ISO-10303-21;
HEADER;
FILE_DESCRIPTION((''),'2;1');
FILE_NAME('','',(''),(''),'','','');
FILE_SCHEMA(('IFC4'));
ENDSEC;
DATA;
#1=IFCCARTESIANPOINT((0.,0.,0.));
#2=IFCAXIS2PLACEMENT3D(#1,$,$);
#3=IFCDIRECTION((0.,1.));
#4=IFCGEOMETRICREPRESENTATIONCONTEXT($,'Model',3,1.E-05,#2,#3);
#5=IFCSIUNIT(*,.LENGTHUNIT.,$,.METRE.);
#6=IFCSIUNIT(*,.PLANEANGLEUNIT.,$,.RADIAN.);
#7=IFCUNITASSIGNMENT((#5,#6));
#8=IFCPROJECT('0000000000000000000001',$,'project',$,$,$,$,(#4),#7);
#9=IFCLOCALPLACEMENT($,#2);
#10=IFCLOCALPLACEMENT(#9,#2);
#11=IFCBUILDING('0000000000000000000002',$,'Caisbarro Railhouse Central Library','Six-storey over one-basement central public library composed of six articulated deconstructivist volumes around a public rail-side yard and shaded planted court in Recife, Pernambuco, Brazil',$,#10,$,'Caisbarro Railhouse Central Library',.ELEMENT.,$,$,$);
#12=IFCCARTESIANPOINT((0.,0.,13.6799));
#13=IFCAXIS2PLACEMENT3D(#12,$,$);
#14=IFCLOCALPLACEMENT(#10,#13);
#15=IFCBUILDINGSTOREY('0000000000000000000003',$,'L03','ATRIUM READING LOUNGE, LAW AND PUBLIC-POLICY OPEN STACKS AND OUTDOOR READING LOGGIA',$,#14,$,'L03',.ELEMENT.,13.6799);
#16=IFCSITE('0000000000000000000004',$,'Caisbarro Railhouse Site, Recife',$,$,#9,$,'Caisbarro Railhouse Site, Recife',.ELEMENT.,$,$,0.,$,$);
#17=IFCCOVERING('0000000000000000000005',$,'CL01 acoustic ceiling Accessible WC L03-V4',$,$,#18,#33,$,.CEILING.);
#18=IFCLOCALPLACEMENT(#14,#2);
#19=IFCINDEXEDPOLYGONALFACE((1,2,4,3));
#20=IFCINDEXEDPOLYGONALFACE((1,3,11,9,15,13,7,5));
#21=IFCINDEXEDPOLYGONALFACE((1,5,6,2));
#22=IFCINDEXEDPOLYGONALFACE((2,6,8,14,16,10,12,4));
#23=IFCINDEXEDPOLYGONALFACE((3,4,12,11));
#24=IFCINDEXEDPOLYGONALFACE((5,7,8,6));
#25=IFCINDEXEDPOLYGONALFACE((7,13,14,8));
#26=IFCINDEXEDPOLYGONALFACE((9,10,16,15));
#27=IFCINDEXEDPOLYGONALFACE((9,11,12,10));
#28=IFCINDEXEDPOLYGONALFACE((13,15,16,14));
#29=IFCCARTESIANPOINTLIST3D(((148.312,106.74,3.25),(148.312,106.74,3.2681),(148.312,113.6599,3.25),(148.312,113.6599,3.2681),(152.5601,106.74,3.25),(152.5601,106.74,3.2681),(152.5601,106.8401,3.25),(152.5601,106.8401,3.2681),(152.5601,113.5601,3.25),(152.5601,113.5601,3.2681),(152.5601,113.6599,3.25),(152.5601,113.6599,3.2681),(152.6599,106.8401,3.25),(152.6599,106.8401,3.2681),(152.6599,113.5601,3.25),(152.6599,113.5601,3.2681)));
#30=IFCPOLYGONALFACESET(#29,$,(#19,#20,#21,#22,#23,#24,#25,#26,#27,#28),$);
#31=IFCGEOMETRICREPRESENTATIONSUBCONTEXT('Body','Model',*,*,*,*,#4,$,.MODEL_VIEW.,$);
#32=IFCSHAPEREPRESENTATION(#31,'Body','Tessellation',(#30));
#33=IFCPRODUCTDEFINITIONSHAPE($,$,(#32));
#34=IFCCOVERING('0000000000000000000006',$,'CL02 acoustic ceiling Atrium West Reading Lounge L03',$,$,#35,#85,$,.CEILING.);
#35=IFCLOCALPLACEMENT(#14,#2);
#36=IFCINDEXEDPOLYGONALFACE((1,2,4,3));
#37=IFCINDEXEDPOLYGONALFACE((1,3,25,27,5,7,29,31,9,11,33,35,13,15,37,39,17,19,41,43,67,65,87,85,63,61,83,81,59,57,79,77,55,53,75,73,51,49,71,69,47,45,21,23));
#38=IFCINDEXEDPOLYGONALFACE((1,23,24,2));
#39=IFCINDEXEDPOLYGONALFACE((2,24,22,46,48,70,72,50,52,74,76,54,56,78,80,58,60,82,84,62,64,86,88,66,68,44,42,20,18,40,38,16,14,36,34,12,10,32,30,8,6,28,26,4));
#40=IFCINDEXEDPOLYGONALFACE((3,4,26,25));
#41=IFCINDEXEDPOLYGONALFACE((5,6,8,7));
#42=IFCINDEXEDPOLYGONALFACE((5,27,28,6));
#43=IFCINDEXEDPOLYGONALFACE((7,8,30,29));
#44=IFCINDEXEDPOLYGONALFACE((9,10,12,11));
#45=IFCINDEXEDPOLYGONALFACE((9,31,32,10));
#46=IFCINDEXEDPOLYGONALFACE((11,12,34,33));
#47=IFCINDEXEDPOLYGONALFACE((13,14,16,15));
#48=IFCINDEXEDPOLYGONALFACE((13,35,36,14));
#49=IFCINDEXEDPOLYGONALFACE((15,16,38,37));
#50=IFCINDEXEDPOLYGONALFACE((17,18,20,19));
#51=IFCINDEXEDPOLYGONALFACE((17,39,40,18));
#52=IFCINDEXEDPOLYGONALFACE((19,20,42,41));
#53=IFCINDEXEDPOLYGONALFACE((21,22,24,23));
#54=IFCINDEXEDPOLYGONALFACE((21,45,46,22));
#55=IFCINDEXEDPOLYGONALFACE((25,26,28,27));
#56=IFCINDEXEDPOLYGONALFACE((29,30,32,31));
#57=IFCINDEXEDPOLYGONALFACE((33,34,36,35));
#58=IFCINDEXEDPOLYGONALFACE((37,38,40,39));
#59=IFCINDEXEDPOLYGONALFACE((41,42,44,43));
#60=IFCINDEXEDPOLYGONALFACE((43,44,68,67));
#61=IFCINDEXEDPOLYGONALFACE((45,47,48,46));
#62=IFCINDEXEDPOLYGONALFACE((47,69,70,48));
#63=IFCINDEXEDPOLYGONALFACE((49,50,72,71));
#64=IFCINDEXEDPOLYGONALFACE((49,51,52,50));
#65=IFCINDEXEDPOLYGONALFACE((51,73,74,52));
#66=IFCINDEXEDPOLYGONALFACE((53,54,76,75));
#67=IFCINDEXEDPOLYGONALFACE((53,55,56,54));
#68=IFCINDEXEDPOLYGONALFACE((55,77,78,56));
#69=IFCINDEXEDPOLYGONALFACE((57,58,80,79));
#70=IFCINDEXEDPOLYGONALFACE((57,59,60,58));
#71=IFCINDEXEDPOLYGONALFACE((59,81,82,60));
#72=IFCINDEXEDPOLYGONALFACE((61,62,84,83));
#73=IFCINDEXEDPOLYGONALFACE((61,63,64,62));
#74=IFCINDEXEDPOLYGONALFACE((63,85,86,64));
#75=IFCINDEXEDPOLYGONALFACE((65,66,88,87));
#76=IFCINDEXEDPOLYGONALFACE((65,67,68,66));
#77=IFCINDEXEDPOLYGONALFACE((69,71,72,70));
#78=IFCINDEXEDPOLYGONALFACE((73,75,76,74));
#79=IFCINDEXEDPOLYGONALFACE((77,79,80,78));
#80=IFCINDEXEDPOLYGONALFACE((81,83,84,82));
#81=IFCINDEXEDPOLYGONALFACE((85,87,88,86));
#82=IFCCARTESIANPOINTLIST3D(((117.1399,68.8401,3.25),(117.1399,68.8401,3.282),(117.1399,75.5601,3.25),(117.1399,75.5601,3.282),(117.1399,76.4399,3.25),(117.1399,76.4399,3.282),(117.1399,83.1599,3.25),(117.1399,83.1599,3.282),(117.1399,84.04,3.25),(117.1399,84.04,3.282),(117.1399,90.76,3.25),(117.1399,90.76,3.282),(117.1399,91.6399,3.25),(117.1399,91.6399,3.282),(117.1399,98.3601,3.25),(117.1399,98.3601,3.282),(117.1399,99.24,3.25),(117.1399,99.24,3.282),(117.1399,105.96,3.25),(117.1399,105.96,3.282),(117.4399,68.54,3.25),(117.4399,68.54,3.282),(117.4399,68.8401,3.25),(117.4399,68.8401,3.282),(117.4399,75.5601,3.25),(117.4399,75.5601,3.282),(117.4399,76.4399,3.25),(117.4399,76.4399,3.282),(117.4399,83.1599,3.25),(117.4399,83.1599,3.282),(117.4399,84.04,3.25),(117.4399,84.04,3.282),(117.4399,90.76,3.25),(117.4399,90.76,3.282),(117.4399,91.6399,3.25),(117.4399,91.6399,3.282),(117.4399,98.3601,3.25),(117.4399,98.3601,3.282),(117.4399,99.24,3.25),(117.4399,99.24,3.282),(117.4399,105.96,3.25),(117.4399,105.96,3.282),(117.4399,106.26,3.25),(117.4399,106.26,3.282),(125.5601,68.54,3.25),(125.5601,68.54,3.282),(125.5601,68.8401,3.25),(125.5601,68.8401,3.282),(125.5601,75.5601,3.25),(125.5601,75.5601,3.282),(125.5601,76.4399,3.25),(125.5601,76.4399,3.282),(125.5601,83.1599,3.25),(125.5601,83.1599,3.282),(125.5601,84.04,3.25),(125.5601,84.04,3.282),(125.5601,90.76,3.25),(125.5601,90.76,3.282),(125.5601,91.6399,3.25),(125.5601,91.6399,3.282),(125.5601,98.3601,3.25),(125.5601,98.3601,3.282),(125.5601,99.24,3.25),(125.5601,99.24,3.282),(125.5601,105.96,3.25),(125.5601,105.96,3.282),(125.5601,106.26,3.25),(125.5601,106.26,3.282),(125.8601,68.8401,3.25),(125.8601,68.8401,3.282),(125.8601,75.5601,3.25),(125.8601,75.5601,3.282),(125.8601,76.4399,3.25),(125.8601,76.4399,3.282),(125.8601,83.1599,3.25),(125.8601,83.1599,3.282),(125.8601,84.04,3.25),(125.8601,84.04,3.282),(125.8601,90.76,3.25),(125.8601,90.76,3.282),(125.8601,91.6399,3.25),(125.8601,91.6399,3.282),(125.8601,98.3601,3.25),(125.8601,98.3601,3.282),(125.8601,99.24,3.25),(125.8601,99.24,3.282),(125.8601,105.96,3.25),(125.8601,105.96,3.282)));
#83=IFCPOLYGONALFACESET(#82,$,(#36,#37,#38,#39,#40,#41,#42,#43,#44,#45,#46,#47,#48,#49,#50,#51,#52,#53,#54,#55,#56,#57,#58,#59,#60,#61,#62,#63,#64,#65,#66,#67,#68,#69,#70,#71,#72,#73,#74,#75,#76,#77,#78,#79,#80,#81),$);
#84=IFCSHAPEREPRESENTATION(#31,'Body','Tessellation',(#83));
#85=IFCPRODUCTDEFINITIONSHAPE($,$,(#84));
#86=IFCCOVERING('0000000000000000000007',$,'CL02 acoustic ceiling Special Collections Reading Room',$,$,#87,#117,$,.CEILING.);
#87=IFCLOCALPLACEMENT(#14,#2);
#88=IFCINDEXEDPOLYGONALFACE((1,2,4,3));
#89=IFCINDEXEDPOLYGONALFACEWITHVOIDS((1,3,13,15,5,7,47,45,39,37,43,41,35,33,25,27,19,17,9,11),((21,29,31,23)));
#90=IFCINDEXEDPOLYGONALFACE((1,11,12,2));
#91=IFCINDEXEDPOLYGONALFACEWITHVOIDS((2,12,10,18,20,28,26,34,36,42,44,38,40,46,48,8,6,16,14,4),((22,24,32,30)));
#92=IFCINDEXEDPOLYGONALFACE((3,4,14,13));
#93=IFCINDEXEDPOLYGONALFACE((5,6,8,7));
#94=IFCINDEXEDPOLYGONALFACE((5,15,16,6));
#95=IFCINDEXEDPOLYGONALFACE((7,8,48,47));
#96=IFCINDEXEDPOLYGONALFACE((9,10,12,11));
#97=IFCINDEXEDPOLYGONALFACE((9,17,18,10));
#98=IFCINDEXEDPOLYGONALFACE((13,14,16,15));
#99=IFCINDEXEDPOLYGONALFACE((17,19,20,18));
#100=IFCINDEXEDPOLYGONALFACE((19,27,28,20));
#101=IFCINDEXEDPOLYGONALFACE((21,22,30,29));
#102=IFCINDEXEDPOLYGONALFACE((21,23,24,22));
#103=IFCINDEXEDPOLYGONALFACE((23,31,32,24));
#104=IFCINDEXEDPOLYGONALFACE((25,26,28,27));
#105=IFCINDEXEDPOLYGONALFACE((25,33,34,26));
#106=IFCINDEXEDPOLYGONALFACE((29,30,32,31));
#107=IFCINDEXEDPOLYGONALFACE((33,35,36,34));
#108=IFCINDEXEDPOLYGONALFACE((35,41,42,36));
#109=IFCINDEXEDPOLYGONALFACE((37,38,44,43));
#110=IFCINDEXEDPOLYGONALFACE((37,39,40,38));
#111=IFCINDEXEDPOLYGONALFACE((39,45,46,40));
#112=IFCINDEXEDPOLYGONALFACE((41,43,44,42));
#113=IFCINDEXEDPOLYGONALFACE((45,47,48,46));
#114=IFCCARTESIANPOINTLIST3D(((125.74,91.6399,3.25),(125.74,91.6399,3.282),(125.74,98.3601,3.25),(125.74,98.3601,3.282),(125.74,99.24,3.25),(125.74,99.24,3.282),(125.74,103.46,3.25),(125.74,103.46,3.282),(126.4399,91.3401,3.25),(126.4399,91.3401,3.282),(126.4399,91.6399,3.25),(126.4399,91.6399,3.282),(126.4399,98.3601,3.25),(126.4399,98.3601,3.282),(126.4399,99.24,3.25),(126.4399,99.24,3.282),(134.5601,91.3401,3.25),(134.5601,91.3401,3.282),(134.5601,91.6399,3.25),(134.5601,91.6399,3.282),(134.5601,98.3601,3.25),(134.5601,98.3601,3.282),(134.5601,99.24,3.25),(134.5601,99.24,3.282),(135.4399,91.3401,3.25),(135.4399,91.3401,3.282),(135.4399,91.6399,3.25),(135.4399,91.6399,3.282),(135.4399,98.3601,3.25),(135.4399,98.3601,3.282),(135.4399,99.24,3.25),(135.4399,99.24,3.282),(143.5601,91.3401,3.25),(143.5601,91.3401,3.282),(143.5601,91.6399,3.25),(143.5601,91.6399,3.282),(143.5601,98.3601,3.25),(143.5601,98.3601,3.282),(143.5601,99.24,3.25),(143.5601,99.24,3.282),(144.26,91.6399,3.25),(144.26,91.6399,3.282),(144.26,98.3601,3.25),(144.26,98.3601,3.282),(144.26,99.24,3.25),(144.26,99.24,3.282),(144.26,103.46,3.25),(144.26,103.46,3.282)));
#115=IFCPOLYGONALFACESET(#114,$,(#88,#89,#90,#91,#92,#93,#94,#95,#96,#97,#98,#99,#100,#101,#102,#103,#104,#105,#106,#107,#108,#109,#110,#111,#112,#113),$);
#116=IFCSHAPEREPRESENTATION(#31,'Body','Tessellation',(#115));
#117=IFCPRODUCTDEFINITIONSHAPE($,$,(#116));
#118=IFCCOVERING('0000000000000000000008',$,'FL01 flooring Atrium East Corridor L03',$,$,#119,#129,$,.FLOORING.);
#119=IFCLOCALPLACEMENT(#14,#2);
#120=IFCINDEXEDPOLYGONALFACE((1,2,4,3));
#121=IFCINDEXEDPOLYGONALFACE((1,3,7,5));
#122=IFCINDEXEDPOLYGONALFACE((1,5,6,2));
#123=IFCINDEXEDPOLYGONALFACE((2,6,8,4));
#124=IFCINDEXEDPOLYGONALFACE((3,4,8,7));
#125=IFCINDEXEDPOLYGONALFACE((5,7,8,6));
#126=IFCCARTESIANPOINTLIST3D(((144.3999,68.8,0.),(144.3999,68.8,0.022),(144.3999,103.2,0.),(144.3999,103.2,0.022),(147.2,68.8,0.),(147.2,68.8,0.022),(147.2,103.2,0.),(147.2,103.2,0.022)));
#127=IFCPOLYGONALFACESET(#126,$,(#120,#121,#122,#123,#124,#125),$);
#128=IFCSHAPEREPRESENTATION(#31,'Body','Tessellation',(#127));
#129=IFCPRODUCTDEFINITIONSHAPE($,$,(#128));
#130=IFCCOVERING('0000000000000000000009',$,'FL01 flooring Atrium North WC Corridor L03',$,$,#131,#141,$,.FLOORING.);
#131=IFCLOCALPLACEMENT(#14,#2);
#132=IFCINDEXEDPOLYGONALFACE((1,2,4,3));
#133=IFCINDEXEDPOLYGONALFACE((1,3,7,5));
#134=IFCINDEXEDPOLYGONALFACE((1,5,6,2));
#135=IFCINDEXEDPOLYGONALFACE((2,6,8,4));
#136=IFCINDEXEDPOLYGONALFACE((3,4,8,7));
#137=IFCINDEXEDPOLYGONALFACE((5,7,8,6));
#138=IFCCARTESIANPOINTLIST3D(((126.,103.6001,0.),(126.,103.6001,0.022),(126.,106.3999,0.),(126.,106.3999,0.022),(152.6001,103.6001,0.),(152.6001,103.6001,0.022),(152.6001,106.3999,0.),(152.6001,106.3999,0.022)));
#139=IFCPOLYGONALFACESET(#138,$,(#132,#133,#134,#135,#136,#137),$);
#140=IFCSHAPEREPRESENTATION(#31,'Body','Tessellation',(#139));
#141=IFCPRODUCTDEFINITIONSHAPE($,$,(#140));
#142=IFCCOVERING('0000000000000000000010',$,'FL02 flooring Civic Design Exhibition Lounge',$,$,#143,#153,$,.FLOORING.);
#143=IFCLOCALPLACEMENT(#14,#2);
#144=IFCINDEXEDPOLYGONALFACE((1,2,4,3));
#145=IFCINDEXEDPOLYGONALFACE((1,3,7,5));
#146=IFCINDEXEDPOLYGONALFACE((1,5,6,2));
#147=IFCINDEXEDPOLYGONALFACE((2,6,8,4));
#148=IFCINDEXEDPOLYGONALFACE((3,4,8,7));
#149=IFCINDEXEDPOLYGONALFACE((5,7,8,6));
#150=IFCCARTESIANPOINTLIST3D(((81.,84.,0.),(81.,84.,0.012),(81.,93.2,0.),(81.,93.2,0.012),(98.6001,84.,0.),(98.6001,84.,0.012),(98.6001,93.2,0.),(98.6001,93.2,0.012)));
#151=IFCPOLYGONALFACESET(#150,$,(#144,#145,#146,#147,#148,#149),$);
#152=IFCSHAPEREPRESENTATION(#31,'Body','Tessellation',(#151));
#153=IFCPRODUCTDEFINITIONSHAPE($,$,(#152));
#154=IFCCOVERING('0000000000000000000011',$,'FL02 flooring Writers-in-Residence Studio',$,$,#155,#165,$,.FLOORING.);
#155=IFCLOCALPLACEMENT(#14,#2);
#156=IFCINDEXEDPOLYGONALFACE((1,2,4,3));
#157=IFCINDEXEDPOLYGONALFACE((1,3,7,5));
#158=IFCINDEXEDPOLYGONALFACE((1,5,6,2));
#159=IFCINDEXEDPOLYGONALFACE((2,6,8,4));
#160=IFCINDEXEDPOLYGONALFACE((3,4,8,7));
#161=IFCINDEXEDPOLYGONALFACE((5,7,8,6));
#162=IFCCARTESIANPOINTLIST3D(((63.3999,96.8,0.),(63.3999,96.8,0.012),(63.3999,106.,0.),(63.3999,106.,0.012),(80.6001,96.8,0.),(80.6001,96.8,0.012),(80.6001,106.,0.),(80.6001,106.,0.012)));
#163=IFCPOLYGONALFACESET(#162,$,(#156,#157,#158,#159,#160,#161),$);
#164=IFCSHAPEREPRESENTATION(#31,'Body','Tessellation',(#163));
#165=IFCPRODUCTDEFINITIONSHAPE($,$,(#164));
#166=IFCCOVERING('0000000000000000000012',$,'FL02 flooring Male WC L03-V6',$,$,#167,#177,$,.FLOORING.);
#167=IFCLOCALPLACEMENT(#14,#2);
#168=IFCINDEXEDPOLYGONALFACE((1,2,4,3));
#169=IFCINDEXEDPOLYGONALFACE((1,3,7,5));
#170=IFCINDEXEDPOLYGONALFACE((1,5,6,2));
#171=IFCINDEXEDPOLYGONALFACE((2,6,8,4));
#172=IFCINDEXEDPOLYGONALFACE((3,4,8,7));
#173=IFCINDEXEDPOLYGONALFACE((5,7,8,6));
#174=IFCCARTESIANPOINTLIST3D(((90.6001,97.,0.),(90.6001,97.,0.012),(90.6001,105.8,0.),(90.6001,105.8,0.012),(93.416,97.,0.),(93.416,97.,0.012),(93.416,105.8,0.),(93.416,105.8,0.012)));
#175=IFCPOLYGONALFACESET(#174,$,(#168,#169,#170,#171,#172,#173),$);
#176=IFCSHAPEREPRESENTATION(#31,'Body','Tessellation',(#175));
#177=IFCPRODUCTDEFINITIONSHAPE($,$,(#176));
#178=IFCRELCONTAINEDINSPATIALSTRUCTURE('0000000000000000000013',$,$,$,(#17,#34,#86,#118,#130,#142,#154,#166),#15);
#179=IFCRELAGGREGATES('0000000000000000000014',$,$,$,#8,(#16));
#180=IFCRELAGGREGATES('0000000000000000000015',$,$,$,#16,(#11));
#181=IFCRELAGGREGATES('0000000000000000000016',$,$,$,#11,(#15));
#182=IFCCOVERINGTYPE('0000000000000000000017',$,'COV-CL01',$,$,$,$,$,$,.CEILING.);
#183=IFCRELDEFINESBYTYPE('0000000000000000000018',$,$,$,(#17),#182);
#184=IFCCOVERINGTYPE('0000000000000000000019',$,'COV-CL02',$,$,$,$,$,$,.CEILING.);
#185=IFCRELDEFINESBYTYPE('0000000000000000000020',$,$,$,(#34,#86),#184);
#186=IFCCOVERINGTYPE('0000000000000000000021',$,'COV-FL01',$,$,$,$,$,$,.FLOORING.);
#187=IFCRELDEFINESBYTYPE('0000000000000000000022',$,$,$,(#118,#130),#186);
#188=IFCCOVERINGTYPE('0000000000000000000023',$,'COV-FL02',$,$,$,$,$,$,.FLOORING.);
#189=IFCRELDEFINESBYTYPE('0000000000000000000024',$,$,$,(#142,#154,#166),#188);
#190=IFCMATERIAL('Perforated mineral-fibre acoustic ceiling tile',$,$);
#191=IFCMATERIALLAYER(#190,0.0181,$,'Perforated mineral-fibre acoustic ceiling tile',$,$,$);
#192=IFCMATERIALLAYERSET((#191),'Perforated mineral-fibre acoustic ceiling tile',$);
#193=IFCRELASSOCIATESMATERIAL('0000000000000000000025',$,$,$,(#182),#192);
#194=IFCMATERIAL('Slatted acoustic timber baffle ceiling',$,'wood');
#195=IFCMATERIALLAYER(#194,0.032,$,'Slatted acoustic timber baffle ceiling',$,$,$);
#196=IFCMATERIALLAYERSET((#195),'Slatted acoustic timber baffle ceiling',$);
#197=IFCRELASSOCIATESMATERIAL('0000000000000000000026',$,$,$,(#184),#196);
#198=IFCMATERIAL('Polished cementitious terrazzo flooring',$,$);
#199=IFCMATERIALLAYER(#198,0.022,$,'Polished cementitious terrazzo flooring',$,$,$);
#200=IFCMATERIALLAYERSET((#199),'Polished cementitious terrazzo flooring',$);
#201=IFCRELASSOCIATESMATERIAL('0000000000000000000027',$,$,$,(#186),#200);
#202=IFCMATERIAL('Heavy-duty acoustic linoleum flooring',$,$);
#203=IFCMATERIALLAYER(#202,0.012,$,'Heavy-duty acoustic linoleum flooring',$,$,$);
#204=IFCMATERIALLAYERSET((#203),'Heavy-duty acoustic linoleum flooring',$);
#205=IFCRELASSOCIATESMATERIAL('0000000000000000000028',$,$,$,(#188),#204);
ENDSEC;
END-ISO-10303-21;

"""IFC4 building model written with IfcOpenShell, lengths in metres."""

from ifc_helpers import new_model, si_unit, direction, frame, origin, place, context, subcontext, project, spatial, polyline, outline, extrude, material, layer, layer_set, type_object, element, save


model = new_model("IFC4")

# Units and contexts
model_context = context("Model", 3, precision=1e-05, world=origin(), true_north=direction((0.0, 1.0)))
body_context = subcontext(model_context, "Body", "Model", "MODEL_VIEW")
ifc_project = project(units=[si_unit("LENGTHUNIT", "METRE"), si_unit("PLANEANGLEUNIT", "RADIAN")], contexts=[model_context])

# Site, building, storey
site_placement = place(None, origin())
site = spatial("IfcSite", under=ifc_project, at=site_placement, Name="Caisbarro Railhouse Site, Recife", LongName="Caisbarro Railhouse Site, Recife", CompositionType="ELEMENT", RefElevation=0.0)
building_placement = place(site_placement, origin())
building = spatial("IfcBuilding", under=site, at=building_placement, Name="Caisbarro Railhouse Central Library", Description="Six-storey over one-basement central public library composed of six articulated deconstructivist volumes around a public rail-side yard and shaded planted court in Recife, Pernambuco, Brazil", LongName="Caisbarro Railhouse Central Library", CompositionType="ELEMENT")
storey_placement = place(building_placement, frame((0.0, 0.0, 13.6799)))
storey = spatial("IfcBuildingStorey", under=building, at=storey_placement, Name="L03", Description="ATRIUM READING LOUNGE, LAW AND PUBLIC-POLICY OPEN STACKS AND OUTDOOR READING LOGGIA", LongName="L03", CompositionType="ELEMENT", Elevation=13.6799)

# Coverings
ifc_material_1 = material(Name="Perforated mineral-fibre acoustic ceiling tile")
ifc_layer_1 = layer(ifc_material_1, 0.0181, Name="Perforated mineral-fibre acoustic ceiling tile")
ifc_layer_set_1 = layer_set([ifc_layer_1], Name="Perforated mineral-fibre acoustic ceiling tile")
covering_type_1 = type_object("IfcCoveringType", Name="COV-CL01", PredefinedType="CEILING", material=ifc_layer_set_1)
covering_1_placement = place(storey_placement, frame((0.0, 0.0, 3.25)))
element("IfcCovering", 1, at=covering_1_placement, inside=storey, type_object=covering_type_1, Name="CL01 acoustic ceiling Accessible WC L03-V4", PredefinedType="CEILING", context=body_context, shape_type="SweptSolid", body=[
    extrude(outline(polyline([(152.5601, 113.6599), (152.5601, 113.5601), (152.6599, 113.5601), (152.6599, 106.8401), (152.5601, 106.8401), (152.5601, 106.74), (148.312, 106.74), (148.312, 113.6599), (152.5601, 113.6599)])), origin(), (0.0, 0.0, 1.0), 0.0181),
])
ifc_material_2 = material(Name="Slatted acoustic timber baffle ceiling", Category="wood")
ifc_layer_2 = layer(ifc_material_2, 0.032, Name="Slatted acoustic timber baffle ceiling")
ifc_layer_set_2 = layer_set([ifc_layer_2], Name="Slatted acoustic timber baffle ceiling")
covering_type_2 = type_object("IfcCoveringType", Name="COV-CL02", PredefinedType="CEILING", material=ifc_layer_set_2)
covering_2_placement = place(storey_placement, frame((0.0, 0.0, 3.25)))
element("IfcCovering", 2, at=covering_2_placement, inside=storey, type_object=covering_type_2, Name="CL02 acoustic ceiling Atrium West Reading Lounge L03", PredefinedType="CEILING", context=body_context, shape_type="SweptSolid", body=[
    extrude(outline(polyline([(117.4399, 83.1599), (117.4399, 84.04), (117.1399, 84.04), (117.1399, 90.76), (117.4399, 90.76), (117.4399, 91.6399), (117.1399, 91.6399), (117.1399, 98.3601), (117.4399, 98.3601), (117.4399, 99.24), (117.1399, 99.24), (117.1399, 105.96), (117.4399, 105.96), (117.4399, 106.26), (125.5601, 106.26), (125.5601, 105.96), (125.8601, 105.96), (125.8601, 99.24), (125.5601, 99.24), (125.5601, 98.3601), (125.8601, 98.3601), (125.8601, 91.6399), (125.5601, 91.6399), (125.5601, 90.76), (125.8601, 90.76), (125.8601, 84.04), (125.5601, 84.04), (125.5601, 83.1599), (125.8601, 83.1599), (125.8601, 76.4399), (125.5601, 76.4399), (125.5601, 75.5601), (125.8601, 75.5601), (125.8601, 68.8401), (125.5601, 68.8401), (125.5601, 68.54), (117.4399, 68.54), (117.4399, 68.8401), (117.1399, 68.8401), (117.1399, 75.5601), (117.4399, 75.5601), (117.4399, 76.4399), (117.1399, 76.4399), (117.1399, 83.1599), (117.4399, 83.1599)])), origin(), (0.0, 0.0, 1.0), 0.032),
])
covering_3_placement = place(storey_placement, frame((0.0, 0.0, 3.25)))
element("IfcCovering", 3, at=covering_3_placement, inside=storey, type_object=covering_type_2, Name="CL02 acoustic ceiling Special Collections Reading Room", PredefinedType="CEILING", context=body_context, shape_type="SweptSolid", body=[
    extrude(outline(polyline([(134.5601, 91.6399), (134.5601, 91.3401), (126.4399, 91.3401), (126.4399, 91.6399), (125.74, 91.6399), (125.74, 98.3601), (126.4399, 98.3601), (126.4399, 99.24), (125.74, 99.24), (125.74, 103.46), (144.26, 103.46), (144.26, 99.24), (143.5601, 99.24), (143.5601, 98.3601), (144.26, 98.3601), (144.26, 91.6399), (143.5601, 91.6399), (143.5601, 91.3401), (135.4399, 91.3401), (135.4399, 91.6399), (134.5601, 91.6399)]), holes=[polyline([(134.5601, 98.3601), (135.4399, 98.3601), (135.4399, 99.24), (134.5601, 99.24), (134.5601, 98.3601)])]), origin(), (0.0, 0.0, 1.0), 0.032),
])
ifc_material_3 = material(Name="Polished cementitious terrazzo flooring")
ifc_layer_3 = layer(ifc_material_3, 0.022, Name="Polished cementitious terrazzo flooring")
ifc_layer_set_3 = layer_set([ifc_layer_3], Name="Polished cementitious terrazzo flooring")
covering_type_3 = type_object("IfcCoveringType", Name="COV-FL01", PredefinedType="FLOORING", material=ifc_layer_set_3)
covering_4_placement = place(storey_placement, origin())
element("IfcCovering", 4, at=covering_4_placement, inside=storey, type_object=covering_type_3, Name="FL01 flooring Atrium East Corridor L03", PredefinedType="FLOORING", context=body_context, shape_type="SweptSolid", body=[
    extrude(outline(polyline([(144.3999, 68.8), (147.2, 68.8), (147.2, 103.2), (144.3999, 103.2), (144.3999, 68.8)])), origin(), (0.0, 0.0, 1.0), 0.022),
])
covering_5_placement = place(storey_placement, origin())
element("IfcCovering", 5, at=covering_5_placement, inside=storey, type_object=covering_type_3, Name="FL01 flooring Atrium North WC Corridor L03", PredefinedType="FLOORING", context=body_context, shape_type="SweptSolid", body=[
    extrude(outline(polyline([(126.0, 103.6001), (152.6001, 103.6001), (152.6001, 106.3999), (126.0, 106.3999), (126.0, 103.6001)])), origin(), (0.0, 0.0, 1.0), 0.022),
])
ifc_material_4 = material(Name="Heavy-duty acoustic linoleum flooring")
ifc_layer_4 = layer(ifc_material_4, 0.012, Name="Heavy-duty acoustic linoleum flooring")
ifc_layer_set_4 = layer_set([ifc_layer_4], Name="Heavy-duty acoustic linoleum flooring")
covering_type_4 = type_object("IfcCoveringType", Name="COV-FL02", PredefinedType="FLOORING", material=ifc_layer_set_4)
covering_6_placement = place(storey_placement, origin())
element("IfcCovering", 6, at=covering_6_placement, inside=storey, type_object=covering_type_4, Name="FL02 flooring Civic Design Exhibition Lounge", PredefinedType="FLOORING", context=body_context, shape_type="SweptSolid", body=[
    extrude(outline(polyline([(81.0, 84.0), (98.6001, 84.0), (98.6001, 93.2), (81.0, 93.2), (81.0, 84.0)])), origin(), (0.0, 0.0, 1.0), 0.012),
])
covering_7_placement = place(storey_placement, origin())
element("IfcCovering", 7, at=covering_7_placement, inside=storey, type_object=covering_type_4, Name="FL02 flooring Writers-in-Residence Studio", PredefinedType="FLOORING", context=body_context, shape_type="SweptSolid", body=[
    extrude(outline(polyline([(63.3999, 96.8), (80.6001, 96.8), (80.6001, 106.0), (63.3999, 106.0), (63.3999, 96.8)])), origin(), (0.0, 0.0, 1.0), 0.012),
])
covering_8_placement = place(storey_placement, origin())
element("IfcCovering", 8, at=covering_8_placement, inside=storey, type_object=covering_type_4, Name="FL02 flooring Male WC L03-V6", PredefinedType="FLOORING", context=body_context, shape_type="SweptSolid", body=[
    extrude(outline(polyline([(90.6001, 97.0), (93.416, 97.0), (93.416, 105.8), (90.6001, 105.8), (90.6001, 97.0)])), origin(), (0.0, 0.0, 1.0), 0.012),
])

save(model, "model.ifc")
